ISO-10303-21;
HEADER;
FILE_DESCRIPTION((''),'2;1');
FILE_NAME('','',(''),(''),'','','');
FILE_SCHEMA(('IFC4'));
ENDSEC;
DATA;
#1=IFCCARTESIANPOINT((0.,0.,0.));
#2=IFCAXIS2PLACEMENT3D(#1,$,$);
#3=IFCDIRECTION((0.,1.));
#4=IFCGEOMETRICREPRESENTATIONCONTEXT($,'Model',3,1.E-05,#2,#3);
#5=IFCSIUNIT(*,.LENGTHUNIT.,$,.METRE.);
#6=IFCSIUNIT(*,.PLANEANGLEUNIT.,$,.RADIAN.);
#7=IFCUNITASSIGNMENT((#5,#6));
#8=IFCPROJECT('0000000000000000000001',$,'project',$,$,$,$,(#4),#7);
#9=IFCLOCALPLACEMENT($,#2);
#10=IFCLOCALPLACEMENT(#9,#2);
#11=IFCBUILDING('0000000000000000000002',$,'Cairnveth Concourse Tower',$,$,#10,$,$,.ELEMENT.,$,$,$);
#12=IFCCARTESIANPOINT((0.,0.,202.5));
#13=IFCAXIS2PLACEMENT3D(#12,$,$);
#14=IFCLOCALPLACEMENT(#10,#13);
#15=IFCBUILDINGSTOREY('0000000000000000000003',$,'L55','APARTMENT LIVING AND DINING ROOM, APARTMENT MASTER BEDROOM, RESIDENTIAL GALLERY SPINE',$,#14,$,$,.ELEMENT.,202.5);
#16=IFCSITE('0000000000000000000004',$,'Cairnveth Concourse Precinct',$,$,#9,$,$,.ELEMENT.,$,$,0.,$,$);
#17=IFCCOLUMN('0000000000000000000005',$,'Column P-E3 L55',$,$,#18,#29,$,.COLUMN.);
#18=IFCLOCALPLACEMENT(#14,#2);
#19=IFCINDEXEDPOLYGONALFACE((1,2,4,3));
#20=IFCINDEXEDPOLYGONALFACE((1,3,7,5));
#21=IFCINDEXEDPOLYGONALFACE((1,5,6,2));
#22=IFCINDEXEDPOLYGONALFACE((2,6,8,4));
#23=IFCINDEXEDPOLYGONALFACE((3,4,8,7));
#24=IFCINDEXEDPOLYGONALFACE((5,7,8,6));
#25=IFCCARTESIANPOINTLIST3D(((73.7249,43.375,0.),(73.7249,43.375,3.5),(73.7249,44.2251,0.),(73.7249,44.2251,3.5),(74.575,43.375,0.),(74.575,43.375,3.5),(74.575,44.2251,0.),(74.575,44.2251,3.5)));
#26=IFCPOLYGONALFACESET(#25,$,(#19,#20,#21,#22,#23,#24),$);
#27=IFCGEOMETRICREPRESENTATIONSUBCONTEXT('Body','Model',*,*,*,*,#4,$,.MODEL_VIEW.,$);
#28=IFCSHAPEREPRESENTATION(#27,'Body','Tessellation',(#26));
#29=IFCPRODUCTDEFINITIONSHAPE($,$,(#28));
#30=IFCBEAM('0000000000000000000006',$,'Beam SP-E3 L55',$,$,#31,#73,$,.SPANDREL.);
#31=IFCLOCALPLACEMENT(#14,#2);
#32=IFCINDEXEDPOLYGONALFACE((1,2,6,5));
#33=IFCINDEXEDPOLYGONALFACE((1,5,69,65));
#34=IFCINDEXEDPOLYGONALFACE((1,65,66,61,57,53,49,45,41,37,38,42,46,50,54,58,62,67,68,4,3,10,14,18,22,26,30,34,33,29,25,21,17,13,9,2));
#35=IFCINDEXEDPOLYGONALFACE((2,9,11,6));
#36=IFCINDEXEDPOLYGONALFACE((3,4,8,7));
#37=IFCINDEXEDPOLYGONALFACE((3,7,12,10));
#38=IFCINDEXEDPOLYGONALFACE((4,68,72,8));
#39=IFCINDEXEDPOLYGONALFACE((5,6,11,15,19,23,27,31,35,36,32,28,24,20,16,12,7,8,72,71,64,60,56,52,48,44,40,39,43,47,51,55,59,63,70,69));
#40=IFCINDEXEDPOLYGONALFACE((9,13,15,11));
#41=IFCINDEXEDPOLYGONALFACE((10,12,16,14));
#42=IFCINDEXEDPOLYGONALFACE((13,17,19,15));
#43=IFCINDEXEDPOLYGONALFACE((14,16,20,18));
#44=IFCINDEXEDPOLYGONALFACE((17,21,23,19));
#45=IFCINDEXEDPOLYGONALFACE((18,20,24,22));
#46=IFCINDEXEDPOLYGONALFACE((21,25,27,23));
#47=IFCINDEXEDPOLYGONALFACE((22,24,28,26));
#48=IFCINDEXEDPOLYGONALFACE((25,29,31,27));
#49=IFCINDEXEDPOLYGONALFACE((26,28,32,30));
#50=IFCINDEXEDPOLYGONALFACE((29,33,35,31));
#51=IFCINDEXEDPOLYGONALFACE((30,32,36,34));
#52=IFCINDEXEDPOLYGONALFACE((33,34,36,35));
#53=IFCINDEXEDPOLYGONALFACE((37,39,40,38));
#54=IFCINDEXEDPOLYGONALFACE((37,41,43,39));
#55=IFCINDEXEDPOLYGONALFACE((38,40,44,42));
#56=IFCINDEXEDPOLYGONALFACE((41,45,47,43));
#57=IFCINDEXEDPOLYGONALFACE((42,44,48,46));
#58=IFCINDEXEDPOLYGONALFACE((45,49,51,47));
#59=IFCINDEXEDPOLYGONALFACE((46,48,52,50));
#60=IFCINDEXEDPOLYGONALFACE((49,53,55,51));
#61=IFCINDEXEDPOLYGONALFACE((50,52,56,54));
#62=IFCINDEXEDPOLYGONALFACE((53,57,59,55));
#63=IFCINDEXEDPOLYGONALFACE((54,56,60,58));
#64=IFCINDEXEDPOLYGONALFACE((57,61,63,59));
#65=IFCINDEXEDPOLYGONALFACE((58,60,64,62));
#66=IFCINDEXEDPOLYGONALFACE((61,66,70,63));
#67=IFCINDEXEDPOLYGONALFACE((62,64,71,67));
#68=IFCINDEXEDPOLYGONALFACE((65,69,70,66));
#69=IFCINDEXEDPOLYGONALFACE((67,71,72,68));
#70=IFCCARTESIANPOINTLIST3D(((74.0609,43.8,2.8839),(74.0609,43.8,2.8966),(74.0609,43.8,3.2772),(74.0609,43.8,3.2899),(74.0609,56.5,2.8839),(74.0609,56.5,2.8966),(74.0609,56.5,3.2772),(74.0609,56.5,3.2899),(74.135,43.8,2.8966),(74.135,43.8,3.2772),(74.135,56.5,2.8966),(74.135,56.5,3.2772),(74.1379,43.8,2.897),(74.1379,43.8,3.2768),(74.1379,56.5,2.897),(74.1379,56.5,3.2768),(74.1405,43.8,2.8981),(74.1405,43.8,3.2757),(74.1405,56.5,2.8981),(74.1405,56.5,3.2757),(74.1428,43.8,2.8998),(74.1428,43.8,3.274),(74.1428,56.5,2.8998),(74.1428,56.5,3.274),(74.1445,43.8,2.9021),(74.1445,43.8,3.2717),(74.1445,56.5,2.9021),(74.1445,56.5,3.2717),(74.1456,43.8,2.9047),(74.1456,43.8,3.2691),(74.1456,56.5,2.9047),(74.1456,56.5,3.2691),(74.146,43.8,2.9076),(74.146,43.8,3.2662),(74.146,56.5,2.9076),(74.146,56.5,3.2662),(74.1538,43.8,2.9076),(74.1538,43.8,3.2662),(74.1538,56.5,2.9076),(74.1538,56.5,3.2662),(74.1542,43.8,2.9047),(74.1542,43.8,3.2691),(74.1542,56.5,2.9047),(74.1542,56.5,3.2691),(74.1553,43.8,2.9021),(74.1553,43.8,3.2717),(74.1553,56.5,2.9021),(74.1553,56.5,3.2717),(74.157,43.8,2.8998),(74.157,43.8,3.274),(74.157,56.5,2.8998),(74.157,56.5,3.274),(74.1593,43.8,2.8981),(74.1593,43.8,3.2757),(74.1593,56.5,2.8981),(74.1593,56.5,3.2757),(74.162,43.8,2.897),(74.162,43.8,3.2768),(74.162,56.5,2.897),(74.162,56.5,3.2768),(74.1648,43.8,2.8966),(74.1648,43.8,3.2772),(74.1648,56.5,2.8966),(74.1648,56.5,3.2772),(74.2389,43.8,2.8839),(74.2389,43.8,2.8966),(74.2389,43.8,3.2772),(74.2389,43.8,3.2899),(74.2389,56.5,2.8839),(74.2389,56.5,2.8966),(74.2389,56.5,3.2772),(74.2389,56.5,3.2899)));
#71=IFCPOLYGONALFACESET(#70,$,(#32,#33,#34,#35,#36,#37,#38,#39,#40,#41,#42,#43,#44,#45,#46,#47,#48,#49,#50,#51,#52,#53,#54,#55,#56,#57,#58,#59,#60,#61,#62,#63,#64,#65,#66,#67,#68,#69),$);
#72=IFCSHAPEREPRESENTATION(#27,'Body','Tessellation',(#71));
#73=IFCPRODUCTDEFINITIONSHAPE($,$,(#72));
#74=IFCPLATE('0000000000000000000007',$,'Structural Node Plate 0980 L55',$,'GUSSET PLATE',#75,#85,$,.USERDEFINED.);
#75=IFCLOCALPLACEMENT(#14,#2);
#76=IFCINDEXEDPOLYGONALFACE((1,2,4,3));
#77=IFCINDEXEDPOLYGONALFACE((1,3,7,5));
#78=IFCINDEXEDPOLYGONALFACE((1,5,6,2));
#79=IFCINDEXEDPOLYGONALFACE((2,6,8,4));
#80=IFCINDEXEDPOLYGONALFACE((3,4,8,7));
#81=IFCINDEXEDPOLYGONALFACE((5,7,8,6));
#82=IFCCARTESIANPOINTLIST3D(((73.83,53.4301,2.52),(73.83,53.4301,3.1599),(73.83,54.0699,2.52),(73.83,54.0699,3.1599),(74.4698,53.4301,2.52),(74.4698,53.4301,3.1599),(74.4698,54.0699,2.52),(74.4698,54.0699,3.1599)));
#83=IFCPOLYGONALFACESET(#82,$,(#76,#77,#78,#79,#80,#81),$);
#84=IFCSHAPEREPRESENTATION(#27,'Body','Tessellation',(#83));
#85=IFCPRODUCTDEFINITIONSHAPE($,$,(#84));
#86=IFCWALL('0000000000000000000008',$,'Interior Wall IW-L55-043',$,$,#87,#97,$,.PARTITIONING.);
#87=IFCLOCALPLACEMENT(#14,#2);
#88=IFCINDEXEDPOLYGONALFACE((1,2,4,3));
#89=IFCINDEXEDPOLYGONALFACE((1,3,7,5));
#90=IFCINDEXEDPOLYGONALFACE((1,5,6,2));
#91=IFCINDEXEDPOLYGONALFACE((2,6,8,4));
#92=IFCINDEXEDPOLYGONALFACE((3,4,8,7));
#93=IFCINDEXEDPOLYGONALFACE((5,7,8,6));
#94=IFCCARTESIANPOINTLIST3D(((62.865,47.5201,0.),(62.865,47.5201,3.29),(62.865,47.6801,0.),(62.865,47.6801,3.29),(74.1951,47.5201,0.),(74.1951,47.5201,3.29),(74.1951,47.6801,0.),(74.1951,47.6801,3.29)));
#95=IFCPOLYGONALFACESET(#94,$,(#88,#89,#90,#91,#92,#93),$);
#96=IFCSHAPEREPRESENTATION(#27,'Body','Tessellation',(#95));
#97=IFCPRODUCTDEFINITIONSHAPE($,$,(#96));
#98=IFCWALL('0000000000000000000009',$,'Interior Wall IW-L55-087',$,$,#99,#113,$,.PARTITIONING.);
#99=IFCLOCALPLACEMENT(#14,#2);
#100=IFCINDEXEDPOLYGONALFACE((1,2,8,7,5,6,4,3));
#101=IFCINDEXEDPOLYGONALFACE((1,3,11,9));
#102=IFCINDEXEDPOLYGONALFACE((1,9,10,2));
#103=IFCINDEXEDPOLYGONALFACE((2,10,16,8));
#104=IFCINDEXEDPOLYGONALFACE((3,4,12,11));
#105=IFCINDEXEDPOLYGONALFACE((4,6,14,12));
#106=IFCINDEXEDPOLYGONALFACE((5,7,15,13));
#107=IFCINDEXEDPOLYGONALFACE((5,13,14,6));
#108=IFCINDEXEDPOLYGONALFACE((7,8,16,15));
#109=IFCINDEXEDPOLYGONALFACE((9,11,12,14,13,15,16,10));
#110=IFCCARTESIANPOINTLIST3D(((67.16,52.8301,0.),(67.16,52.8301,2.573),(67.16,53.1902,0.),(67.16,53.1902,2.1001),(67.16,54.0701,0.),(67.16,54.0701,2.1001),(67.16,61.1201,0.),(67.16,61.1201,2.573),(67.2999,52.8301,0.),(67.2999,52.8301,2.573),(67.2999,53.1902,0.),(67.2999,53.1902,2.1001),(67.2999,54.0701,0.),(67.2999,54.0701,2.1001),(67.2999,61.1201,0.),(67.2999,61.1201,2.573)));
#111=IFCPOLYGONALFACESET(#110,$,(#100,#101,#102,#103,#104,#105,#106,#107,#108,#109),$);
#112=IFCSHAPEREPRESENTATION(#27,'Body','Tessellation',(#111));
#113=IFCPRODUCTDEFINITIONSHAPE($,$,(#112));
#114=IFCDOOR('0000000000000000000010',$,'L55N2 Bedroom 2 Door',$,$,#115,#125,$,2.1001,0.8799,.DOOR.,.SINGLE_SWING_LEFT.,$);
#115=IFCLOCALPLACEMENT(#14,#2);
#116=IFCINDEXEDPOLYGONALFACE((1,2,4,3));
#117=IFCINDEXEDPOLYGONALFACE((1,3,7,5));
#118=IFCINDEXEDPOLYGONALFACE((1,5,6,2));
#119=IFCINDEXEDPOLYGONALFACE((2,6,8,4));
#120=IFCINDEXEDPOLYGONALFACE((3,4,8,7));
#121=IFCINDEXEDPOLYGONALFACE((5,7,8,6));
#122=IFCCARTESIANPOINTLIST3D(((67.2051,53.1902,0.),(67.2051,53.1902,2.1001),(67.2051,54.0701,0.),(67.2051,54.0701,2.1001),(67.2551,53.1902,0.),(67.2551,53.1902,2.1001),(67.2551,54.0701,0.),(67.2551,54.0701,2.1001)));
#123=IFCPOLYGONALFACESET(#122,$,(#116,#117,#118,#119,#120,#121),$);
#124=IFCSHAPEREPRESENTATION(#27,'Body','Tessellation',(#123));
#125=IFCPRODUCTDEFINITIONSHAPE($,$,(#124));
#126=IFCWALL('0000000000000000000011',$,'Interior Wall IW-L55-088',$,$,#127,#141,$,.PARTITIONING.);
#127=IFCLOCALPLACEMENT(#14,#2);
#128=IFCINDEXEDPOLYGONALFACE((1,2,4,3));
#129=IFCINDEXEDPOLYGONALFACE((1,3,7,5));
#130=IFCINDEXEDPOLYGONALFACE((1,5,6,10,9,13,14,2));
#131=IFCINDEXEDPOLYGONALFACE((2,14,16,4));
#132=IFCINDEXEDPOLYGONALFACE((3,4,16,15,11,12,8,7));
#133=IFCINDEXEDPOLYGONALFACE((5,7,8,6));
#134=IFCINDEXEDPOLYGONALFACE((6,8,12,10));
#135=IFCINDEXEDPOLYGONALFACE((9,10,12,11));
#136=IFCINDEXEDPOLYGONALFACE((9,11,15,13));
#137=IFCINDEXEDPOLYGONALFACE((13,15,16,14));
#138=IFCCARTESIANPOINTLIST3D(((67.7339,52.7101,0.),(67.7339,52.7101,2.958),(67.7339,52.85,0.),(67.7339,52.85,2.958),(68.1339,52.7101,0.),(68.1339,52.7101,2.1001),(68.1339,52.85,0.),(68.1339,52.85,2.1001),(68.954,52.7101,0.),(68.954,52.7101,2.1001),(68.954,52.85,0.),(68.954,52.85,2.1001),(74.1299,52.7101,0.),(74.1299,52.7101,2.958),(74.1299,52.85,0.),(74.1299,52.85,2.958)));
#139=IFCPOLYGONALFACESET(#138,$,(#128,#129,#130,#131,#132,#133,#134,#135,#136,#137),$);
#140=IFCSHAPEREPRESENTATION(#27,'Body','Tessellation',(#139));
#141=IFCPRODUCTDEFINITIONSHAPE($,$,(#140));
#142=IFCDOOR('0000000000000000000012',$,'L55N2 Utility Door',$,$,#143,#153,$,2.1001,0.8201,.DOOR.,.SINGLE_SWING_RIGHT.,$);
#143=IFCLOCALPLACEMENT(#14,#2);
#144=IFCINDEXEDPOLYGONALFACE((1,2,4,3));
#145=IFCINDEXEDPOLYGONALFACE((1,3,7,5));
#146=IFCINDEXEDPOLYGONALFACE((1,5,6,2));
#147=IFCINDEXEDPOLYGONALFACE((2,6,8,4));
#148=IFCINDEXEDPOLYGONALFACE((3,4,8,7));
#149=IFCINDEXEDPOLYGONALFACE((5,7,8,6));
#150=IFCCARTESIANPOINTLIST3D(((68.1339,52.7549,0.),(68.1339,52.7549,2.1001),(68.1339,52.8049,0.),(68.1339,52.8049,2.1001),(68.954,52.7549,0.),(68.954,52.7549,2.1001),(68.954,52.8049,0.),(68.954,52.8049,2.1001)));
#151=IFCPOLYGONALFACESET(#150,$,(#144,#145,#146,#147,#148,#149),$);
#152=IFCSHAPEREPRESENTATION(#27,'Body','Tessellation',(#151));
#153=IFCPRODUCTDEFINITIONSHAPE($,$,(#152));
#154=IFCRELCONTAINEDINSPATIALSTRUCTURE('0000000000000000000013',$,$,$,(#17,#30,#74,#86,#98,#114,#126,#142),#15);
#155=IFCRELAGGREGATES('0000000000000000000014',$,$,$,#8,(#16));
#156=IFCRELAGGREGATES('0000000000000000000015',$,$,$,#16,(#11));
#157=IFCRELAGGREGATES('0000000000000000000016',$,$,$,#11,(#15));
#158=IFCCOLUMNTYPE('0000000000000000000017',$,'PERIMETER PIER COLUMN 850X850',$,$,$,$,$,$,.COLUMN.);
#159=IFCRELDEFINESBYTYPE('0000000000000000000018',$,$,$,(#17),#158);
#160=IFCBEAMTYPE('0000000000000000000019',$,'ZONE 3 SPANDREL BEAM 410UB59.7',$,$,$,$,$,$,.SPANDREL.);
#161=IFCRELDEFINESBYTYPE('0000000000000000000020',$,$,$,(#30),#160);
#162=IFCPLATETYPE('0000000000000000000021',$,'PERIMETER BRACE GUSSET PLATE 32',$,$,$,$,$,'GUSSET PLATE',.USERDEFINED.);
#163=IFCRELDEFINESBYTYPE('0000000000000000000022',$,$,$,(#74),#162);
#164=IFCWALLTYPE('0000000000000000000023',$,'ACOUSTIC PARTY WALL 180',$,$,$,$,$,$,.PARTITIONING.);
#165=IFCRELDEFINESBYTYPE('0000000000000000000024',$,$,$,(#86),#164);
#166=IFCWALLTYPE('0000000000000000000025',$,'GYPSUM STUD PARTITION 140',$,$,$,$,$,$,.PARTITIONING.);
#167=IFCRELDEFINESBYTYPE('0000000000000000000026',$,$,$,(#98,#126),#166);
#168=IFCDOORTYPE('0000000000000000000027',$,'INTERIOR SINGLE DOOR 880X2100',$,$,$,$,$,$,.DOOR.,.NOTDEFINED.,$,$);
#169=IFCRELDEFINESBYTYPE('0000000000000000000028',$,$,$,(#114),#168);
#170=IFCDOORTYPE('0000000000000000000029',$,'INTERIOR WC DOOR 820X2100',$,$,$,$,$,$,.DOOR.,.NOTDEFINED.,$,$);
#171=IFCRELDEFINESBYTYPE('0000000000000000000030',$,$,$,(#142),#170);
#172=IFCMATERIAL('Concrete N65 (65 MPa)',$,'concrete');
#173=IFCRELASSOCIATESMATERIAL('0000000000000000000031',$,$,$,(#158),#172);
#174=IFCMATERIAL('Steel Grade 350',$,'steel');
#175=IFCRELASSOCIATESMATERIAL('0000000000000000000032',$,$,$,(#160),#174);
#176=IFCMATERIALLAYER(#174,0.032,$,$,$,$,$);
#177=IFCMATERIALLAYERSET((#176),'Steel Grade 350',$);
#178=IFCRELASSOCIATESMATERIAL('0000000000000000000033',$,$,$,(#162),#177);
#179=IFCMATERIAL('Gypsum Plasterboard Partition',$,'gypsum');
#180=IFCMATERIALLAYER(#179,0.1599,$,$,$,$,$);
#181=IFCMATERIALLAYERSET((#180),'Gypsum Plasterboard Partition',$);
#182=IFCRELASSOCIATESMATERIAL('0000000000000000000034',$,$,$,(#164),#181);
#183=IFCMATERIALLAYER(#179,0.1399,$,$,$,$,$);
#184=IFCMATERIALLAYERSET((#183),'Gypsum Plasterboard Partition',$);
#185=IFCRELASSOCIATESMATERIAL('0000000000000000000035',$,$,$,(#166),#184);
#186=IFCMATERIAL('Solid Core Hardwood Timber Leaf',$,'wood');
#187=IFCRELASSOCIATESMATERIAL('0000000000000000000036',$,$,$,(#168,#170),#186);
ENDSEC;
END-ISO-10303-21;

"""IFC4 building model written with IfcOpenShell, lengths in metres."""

from ifc_helpers import new_model, si_unit, direction, frame, frame_2d, origin, origin_2d, place, context, subcontext, project, spatial, rectangle, i_section, extrude, material, layer, layer_set, material_profile, profile_set, type_object, element, fill, save


model = new_model("IFC4")

# Units and contexts
model_context = context("Model", 3, precision=1e-05, world=origin(), true_north=direction((0.0, 1.0)))
body_context = subcontext(model_context, "Body", "Model", "MODEL_VIEW")
ifc_project = project(units=[si_unit("LENGTHUNIT", "METRE"), si_unit("PLANEANGLEUNIT", "RADIAN")], contexts=[model_context])

# Site, building, storey
site_placement = place(None, origin())
site = spatial("IfcSite", under=ifc_project, at=site_placement, Name="Cairnveth Concourse Precinct", CompositionType="ELEMENT", RefElevation=0.0)
building_placement = place(site_placement, origin())
building = spatial("IfcBuilding", under=site, at=building_placement, Name="Cairnveth Concourse Tower", CompositionType="ELEMENT")
storey_placement = place(building_placement, frame((0.0, 0.0, 202.5)))
storey = spatial("IfcBuildingStorey", under=building, at=storey_placement, Name="L55", Description="APARTMENT LIVING AND DINING ROOM, APARTMENT MASTER BEDROOM, RESIDENTIAL GALLERY SPINE", CompositionType="ELEMENT", Elevation=202.5)

# Column
ifc_material_1 = material(Name="Concrete N65 (65 MPa)", Category="concrete")
ifc_material_profile_1 = material_profile(ifc_material_1, rectangle(XDim=0.8501, YDim=0.8501, at=origin_2d()), Name="RC-COL-850x850")
ifc_profile_set_1 = profile_set([ifc_material_profile_1], Name="Concrete N65 (65 MPa)")
column_type = type_object("IfcColumnType", Name="PERIMETER PIER COLUMN 850X850", PredefinedType="COLUMN", material=ifc_profile_set_1)
column_placement = place(storey_placement, frame((74.1499, 43.8, 0.0), z_axis=(0.0, 0.0, 1.0), x_axis=(0.0, 1.0, 0.0)))
element("IfcColumn", 1, at=column_placement, inside=storey, type_object=column_type, Name="Column P-E3 L55", PredefinedType="COLUMN", context=body_context, shape_type="SweptSolid", body=[
    extrude(rectangle(XDim=0.8501, YDim=0.8501, at=origin_2d()), origin(), (0.0, 0.0, 1.0), 3.5),
])

# Beam
ifc_material_2 = material(Name="Steel Grade 350", Category="steel")
ifc_material_profile_2 = material_profile(ifc_material_2, i_section(OverallWidth=0.178, OverallDepth=0.406, WebThickness=0.0078, FlangeThickness=0.0127, FilletRadius=0.011, at=origin_2d()), Name="410UB59.7")
ifc_profile_set_2 = profile_set([ifc_material_profile_2], Name="Steel Grade 350")
beam_type = type_object("IfcBeamType", Name="ZONE 3 SPANDREL BEAM 410UB59.7", PredefinedType="SPANDREL", material=ifc_profile_set_2)
beam_placement = place(storey_placement, frame((74.1499, 43.8, 3.0869), z_axis=(0.0, 1.0, 0.0), x_axis=(-1.0, 0.0, 0.0)))
element("IfcBeam", 2, at=beam_placement, inside=storey, type_object=beam_type, Name="Beam SP-E3 L55", PredefinedType="SPANDREL", context=body_context, shape_type="SweptSolid", body=[
    extrude(i_section(OverallWidth=0.178, OverallDepth=0.406, WebThickness=0.0078, FlangeThickness=0.0127, FilletRadius=0.011, at=origin_2d()), origin(), (0.0, 0.0, 1.0), 12.7),
])

# Plate
ifc_layer_1 = layer(ifc_material_2, 0.032)
ifc_layer_set_1 = layer_set([ifc_layer_1], Name="Steel Grade 350")
plate_type = type_object("IfcPlateType", Name="PERIMETER BRACE GUSSET PLATE 32", ElementType="GUSSET PLATE", PredefinedType="USERDEFINED", material=ifc_layer_set_1)
plate_placement = place(storey_placement, frame((74.1499, 53.75, 2.52), z_axis=(0.0, 0.0, 1.0), x_axis=(1.0, 0.0, 0.0)))
element("IfcPlate", 3, at=plate_placement, inside=storey, type_object=plate_type, Name="Structural Node Plate 0980 L55", ObjectType="GUSSET PLATE", PredefinedType="USERDEFINED", context=body_context, shape_type="SweptSolid", body=[
    extrude(rectangle(XDim=0.6399, YDim=0.6399, at=origin_2d()), origin(), (0.0, 0.0, 1.0), 0.6399),
])

# Wall
ifc_material_3 = material(Name="Gypsum Plasterboard Partition", Category="gypsum")
ifc_layer_2 = layer(ifc_material_3, 0.1599)
ifc_layer_set_2 = layer_set([ifc_layer_2], Name="Gypsum Plasterboard Partition")
wall_type_1 = type_object("IfcWallType", Name="ACOUSTIC PARTY WALL 180", PredefinedType="PARTITIONING", material=ifc_layer_set_2)
wall_1_placement = place(storey_placement, frame((62.865, 47.6001, 0.0), z_axis=(0.0, 0.0, 1.0), x_axis=(1.0, 0.0, 0.0)))
element("IfcWall", 4, at=wall_1_placement, inside=storey, type_object=wall_type_1, Name="Interior Wall IW-L55-043", PredefinedType="PARTITIONING", context=body_context, shape_type="SweptSolid", body=[
    extrude(rectangle(XDim=11.3301, YDim=0.1599, at=frame_2d((5.665, 0.0))), origin(), (0.0, 0.0, 1.0), 3.29),
])

# Walls, openings, doors
ifc_layer_3 = layer(ifc_material_3, 0.1399)
ifc_layer_set_3 = layer_set([ifc_layer_3], Name="Gypsum Plasterboard Partition")
wall_type_2 = type_object("IfcWallType", Name="GYPSUM STUD PARTITION 140", PredefinedType="PARTITIONING", material=ifc_layer_set_3)
wall_2_placement = place(storey_placement, frame((67.23, 52.8301, 0.0), z_axis=(0.0, 0.0, 1.0), x_axis=(0.0, 1.0, 0.0)))
wall_2 = element("IfcWall", 5, at=wall_2_placement, inside=storey, type_object=wall_type_2, Name="Interior Wall IW-L55-087", PredefinedType="PARTITIONING", context=body_context, shape_type="SweptSolid", body=[
    extrude(rectangle(XDim=8.29, YDim=0.1399, at=frame_2d((4.145, 0.0))), origin(), (0.0, 0.0, 1.0), 2.573),
])
opening_1_placement = place(wall_2_placement, frame((0.3601, 0.0, 0.0)))
opening_1 = element("IfcOpeningElement", 6, at=opening_1_placement, cuts=wall_2, PredefinedType="OPENING", context=body_context, shape_type="SweptSolid", body=[
    extrude(rectangle(XDim=0.8799, YDim=2.1001, at=frame_2d((0.4399, 1.05))), frame((0.0, 0.0798, 0.0), z_axis=(0.0, -1.0, 0.0), x_axis=(1.0, 0.0, 0.0)), (0.0, 0.0, 1.0), 0.1599),
])
ifc_material_4 = material(Name="Solid Core Hardwood Timber Leaf", Category="wood")
door_type_1 = type_object("IfcDoorType", Name="INTERIOR SINGLE DOOR 880X2100", OperationType="NOTDEFINED", PredefinedType="DOOR", material=ifc_material_4)
door_1_placement = place(opening_1_placement, origin())
door_1 = element("IfcDoor", 7, at=door_1_placement, inside=storey, type_object=door_type_1, Name="L55N2 Bedroom 2 Door", OperationType="SINGLE_SWING_LEFT", OverallHeight=2.1001, OverallWidth=0.8799, PredefinedType="DOOR", context=body_context, shape_type="SweptSolid", body=[
    extrude(rectangle(XDim=0.8799, YDim=2.1001, at=frame_2d((0.4399, 1.05))), frame((0.0, 0.0249, 0.0), z_axis=(0.0, -1.0, 0.0), x_axis=(1.0, 0.0, 0.0)), (0.0, 0.0, 1.0), 0.05),
])
fill(opening_1, door_1)
wall_3_placement = place(storey_placement, frame((67.7339, 52.78, 0.0), z_axis=(0.0, 0.0, 1.0), x_axis=(1.0, 0.0, 0.0)))
wall_3 = element("IfcWall", 8, at=wall_3_placement, inside=storey, type_object=wall_type_2, Name="Interior Wall IW-L55-088", PredefinedType="PARTITIONING", context=body_context, shape_type="SweptSolid", body=[
    extrude(rectangle(XDim=6.396, YDim=0.1399, at=frame_2d((3.198, 0.0))), origin(), (0.0, 0.0, 1.0), 2.958),
])
opening_2_placement = place(wall_3_placement, frame((0.3999, 0.0, 0.0)))
opening_2 = element("IfcOpeningElement", 9, at=opening_2_placement, cuts=wall_3, PredefinedType="OPENING", context=body_context, shape_type="SweptSolid", body=[
    extrude(rectangle(XDim=0.8201, YDim=2.1001, at=frame_2d((0.4102, 1.05))), frame((0.0, 0.0798, 0.0), z_axis=(0.0, -1.0, 0.0), x_axis=(1.0, 0.0, 0.0)), (0.0, 0.0, 1.0), 0.1599),
])
door_type_2 = type_object("IfcDoorType", Name="INTERIOR WC DOOR 820X2100", OperationType="NOTDEFINED", PredefinedType="DOOR", material=ifc_material_4)
door_2_placement = place(opening_2_placement, origin())
door_2 = element("IfcDoor", 10, at=door_2_placement, inside=storey, type_object=door_type_2, Name="L55N2 Utility Door", OperationType="SINGLE_SWING_RIGHT", OverallHeight=2.1001, OverallWidth=0.8201, PredefinedType="DOOR", context=body_context, shape_type="SweptSolid", body=[
    extrude(rectangle(XDim=0.8201, YDim=2.1001, at=frame_2d((0.4102, 1.05))), frame((0.0, 0.0249, 0.0), z_axis=(0.0, -1.0, 0.0), x_axis=(1.0, 0.0, 0.0)), (0.0, 0.0, 1.0), 0.05),
])
fill(opening_2, door_2)

save(model, "model.ifc")
